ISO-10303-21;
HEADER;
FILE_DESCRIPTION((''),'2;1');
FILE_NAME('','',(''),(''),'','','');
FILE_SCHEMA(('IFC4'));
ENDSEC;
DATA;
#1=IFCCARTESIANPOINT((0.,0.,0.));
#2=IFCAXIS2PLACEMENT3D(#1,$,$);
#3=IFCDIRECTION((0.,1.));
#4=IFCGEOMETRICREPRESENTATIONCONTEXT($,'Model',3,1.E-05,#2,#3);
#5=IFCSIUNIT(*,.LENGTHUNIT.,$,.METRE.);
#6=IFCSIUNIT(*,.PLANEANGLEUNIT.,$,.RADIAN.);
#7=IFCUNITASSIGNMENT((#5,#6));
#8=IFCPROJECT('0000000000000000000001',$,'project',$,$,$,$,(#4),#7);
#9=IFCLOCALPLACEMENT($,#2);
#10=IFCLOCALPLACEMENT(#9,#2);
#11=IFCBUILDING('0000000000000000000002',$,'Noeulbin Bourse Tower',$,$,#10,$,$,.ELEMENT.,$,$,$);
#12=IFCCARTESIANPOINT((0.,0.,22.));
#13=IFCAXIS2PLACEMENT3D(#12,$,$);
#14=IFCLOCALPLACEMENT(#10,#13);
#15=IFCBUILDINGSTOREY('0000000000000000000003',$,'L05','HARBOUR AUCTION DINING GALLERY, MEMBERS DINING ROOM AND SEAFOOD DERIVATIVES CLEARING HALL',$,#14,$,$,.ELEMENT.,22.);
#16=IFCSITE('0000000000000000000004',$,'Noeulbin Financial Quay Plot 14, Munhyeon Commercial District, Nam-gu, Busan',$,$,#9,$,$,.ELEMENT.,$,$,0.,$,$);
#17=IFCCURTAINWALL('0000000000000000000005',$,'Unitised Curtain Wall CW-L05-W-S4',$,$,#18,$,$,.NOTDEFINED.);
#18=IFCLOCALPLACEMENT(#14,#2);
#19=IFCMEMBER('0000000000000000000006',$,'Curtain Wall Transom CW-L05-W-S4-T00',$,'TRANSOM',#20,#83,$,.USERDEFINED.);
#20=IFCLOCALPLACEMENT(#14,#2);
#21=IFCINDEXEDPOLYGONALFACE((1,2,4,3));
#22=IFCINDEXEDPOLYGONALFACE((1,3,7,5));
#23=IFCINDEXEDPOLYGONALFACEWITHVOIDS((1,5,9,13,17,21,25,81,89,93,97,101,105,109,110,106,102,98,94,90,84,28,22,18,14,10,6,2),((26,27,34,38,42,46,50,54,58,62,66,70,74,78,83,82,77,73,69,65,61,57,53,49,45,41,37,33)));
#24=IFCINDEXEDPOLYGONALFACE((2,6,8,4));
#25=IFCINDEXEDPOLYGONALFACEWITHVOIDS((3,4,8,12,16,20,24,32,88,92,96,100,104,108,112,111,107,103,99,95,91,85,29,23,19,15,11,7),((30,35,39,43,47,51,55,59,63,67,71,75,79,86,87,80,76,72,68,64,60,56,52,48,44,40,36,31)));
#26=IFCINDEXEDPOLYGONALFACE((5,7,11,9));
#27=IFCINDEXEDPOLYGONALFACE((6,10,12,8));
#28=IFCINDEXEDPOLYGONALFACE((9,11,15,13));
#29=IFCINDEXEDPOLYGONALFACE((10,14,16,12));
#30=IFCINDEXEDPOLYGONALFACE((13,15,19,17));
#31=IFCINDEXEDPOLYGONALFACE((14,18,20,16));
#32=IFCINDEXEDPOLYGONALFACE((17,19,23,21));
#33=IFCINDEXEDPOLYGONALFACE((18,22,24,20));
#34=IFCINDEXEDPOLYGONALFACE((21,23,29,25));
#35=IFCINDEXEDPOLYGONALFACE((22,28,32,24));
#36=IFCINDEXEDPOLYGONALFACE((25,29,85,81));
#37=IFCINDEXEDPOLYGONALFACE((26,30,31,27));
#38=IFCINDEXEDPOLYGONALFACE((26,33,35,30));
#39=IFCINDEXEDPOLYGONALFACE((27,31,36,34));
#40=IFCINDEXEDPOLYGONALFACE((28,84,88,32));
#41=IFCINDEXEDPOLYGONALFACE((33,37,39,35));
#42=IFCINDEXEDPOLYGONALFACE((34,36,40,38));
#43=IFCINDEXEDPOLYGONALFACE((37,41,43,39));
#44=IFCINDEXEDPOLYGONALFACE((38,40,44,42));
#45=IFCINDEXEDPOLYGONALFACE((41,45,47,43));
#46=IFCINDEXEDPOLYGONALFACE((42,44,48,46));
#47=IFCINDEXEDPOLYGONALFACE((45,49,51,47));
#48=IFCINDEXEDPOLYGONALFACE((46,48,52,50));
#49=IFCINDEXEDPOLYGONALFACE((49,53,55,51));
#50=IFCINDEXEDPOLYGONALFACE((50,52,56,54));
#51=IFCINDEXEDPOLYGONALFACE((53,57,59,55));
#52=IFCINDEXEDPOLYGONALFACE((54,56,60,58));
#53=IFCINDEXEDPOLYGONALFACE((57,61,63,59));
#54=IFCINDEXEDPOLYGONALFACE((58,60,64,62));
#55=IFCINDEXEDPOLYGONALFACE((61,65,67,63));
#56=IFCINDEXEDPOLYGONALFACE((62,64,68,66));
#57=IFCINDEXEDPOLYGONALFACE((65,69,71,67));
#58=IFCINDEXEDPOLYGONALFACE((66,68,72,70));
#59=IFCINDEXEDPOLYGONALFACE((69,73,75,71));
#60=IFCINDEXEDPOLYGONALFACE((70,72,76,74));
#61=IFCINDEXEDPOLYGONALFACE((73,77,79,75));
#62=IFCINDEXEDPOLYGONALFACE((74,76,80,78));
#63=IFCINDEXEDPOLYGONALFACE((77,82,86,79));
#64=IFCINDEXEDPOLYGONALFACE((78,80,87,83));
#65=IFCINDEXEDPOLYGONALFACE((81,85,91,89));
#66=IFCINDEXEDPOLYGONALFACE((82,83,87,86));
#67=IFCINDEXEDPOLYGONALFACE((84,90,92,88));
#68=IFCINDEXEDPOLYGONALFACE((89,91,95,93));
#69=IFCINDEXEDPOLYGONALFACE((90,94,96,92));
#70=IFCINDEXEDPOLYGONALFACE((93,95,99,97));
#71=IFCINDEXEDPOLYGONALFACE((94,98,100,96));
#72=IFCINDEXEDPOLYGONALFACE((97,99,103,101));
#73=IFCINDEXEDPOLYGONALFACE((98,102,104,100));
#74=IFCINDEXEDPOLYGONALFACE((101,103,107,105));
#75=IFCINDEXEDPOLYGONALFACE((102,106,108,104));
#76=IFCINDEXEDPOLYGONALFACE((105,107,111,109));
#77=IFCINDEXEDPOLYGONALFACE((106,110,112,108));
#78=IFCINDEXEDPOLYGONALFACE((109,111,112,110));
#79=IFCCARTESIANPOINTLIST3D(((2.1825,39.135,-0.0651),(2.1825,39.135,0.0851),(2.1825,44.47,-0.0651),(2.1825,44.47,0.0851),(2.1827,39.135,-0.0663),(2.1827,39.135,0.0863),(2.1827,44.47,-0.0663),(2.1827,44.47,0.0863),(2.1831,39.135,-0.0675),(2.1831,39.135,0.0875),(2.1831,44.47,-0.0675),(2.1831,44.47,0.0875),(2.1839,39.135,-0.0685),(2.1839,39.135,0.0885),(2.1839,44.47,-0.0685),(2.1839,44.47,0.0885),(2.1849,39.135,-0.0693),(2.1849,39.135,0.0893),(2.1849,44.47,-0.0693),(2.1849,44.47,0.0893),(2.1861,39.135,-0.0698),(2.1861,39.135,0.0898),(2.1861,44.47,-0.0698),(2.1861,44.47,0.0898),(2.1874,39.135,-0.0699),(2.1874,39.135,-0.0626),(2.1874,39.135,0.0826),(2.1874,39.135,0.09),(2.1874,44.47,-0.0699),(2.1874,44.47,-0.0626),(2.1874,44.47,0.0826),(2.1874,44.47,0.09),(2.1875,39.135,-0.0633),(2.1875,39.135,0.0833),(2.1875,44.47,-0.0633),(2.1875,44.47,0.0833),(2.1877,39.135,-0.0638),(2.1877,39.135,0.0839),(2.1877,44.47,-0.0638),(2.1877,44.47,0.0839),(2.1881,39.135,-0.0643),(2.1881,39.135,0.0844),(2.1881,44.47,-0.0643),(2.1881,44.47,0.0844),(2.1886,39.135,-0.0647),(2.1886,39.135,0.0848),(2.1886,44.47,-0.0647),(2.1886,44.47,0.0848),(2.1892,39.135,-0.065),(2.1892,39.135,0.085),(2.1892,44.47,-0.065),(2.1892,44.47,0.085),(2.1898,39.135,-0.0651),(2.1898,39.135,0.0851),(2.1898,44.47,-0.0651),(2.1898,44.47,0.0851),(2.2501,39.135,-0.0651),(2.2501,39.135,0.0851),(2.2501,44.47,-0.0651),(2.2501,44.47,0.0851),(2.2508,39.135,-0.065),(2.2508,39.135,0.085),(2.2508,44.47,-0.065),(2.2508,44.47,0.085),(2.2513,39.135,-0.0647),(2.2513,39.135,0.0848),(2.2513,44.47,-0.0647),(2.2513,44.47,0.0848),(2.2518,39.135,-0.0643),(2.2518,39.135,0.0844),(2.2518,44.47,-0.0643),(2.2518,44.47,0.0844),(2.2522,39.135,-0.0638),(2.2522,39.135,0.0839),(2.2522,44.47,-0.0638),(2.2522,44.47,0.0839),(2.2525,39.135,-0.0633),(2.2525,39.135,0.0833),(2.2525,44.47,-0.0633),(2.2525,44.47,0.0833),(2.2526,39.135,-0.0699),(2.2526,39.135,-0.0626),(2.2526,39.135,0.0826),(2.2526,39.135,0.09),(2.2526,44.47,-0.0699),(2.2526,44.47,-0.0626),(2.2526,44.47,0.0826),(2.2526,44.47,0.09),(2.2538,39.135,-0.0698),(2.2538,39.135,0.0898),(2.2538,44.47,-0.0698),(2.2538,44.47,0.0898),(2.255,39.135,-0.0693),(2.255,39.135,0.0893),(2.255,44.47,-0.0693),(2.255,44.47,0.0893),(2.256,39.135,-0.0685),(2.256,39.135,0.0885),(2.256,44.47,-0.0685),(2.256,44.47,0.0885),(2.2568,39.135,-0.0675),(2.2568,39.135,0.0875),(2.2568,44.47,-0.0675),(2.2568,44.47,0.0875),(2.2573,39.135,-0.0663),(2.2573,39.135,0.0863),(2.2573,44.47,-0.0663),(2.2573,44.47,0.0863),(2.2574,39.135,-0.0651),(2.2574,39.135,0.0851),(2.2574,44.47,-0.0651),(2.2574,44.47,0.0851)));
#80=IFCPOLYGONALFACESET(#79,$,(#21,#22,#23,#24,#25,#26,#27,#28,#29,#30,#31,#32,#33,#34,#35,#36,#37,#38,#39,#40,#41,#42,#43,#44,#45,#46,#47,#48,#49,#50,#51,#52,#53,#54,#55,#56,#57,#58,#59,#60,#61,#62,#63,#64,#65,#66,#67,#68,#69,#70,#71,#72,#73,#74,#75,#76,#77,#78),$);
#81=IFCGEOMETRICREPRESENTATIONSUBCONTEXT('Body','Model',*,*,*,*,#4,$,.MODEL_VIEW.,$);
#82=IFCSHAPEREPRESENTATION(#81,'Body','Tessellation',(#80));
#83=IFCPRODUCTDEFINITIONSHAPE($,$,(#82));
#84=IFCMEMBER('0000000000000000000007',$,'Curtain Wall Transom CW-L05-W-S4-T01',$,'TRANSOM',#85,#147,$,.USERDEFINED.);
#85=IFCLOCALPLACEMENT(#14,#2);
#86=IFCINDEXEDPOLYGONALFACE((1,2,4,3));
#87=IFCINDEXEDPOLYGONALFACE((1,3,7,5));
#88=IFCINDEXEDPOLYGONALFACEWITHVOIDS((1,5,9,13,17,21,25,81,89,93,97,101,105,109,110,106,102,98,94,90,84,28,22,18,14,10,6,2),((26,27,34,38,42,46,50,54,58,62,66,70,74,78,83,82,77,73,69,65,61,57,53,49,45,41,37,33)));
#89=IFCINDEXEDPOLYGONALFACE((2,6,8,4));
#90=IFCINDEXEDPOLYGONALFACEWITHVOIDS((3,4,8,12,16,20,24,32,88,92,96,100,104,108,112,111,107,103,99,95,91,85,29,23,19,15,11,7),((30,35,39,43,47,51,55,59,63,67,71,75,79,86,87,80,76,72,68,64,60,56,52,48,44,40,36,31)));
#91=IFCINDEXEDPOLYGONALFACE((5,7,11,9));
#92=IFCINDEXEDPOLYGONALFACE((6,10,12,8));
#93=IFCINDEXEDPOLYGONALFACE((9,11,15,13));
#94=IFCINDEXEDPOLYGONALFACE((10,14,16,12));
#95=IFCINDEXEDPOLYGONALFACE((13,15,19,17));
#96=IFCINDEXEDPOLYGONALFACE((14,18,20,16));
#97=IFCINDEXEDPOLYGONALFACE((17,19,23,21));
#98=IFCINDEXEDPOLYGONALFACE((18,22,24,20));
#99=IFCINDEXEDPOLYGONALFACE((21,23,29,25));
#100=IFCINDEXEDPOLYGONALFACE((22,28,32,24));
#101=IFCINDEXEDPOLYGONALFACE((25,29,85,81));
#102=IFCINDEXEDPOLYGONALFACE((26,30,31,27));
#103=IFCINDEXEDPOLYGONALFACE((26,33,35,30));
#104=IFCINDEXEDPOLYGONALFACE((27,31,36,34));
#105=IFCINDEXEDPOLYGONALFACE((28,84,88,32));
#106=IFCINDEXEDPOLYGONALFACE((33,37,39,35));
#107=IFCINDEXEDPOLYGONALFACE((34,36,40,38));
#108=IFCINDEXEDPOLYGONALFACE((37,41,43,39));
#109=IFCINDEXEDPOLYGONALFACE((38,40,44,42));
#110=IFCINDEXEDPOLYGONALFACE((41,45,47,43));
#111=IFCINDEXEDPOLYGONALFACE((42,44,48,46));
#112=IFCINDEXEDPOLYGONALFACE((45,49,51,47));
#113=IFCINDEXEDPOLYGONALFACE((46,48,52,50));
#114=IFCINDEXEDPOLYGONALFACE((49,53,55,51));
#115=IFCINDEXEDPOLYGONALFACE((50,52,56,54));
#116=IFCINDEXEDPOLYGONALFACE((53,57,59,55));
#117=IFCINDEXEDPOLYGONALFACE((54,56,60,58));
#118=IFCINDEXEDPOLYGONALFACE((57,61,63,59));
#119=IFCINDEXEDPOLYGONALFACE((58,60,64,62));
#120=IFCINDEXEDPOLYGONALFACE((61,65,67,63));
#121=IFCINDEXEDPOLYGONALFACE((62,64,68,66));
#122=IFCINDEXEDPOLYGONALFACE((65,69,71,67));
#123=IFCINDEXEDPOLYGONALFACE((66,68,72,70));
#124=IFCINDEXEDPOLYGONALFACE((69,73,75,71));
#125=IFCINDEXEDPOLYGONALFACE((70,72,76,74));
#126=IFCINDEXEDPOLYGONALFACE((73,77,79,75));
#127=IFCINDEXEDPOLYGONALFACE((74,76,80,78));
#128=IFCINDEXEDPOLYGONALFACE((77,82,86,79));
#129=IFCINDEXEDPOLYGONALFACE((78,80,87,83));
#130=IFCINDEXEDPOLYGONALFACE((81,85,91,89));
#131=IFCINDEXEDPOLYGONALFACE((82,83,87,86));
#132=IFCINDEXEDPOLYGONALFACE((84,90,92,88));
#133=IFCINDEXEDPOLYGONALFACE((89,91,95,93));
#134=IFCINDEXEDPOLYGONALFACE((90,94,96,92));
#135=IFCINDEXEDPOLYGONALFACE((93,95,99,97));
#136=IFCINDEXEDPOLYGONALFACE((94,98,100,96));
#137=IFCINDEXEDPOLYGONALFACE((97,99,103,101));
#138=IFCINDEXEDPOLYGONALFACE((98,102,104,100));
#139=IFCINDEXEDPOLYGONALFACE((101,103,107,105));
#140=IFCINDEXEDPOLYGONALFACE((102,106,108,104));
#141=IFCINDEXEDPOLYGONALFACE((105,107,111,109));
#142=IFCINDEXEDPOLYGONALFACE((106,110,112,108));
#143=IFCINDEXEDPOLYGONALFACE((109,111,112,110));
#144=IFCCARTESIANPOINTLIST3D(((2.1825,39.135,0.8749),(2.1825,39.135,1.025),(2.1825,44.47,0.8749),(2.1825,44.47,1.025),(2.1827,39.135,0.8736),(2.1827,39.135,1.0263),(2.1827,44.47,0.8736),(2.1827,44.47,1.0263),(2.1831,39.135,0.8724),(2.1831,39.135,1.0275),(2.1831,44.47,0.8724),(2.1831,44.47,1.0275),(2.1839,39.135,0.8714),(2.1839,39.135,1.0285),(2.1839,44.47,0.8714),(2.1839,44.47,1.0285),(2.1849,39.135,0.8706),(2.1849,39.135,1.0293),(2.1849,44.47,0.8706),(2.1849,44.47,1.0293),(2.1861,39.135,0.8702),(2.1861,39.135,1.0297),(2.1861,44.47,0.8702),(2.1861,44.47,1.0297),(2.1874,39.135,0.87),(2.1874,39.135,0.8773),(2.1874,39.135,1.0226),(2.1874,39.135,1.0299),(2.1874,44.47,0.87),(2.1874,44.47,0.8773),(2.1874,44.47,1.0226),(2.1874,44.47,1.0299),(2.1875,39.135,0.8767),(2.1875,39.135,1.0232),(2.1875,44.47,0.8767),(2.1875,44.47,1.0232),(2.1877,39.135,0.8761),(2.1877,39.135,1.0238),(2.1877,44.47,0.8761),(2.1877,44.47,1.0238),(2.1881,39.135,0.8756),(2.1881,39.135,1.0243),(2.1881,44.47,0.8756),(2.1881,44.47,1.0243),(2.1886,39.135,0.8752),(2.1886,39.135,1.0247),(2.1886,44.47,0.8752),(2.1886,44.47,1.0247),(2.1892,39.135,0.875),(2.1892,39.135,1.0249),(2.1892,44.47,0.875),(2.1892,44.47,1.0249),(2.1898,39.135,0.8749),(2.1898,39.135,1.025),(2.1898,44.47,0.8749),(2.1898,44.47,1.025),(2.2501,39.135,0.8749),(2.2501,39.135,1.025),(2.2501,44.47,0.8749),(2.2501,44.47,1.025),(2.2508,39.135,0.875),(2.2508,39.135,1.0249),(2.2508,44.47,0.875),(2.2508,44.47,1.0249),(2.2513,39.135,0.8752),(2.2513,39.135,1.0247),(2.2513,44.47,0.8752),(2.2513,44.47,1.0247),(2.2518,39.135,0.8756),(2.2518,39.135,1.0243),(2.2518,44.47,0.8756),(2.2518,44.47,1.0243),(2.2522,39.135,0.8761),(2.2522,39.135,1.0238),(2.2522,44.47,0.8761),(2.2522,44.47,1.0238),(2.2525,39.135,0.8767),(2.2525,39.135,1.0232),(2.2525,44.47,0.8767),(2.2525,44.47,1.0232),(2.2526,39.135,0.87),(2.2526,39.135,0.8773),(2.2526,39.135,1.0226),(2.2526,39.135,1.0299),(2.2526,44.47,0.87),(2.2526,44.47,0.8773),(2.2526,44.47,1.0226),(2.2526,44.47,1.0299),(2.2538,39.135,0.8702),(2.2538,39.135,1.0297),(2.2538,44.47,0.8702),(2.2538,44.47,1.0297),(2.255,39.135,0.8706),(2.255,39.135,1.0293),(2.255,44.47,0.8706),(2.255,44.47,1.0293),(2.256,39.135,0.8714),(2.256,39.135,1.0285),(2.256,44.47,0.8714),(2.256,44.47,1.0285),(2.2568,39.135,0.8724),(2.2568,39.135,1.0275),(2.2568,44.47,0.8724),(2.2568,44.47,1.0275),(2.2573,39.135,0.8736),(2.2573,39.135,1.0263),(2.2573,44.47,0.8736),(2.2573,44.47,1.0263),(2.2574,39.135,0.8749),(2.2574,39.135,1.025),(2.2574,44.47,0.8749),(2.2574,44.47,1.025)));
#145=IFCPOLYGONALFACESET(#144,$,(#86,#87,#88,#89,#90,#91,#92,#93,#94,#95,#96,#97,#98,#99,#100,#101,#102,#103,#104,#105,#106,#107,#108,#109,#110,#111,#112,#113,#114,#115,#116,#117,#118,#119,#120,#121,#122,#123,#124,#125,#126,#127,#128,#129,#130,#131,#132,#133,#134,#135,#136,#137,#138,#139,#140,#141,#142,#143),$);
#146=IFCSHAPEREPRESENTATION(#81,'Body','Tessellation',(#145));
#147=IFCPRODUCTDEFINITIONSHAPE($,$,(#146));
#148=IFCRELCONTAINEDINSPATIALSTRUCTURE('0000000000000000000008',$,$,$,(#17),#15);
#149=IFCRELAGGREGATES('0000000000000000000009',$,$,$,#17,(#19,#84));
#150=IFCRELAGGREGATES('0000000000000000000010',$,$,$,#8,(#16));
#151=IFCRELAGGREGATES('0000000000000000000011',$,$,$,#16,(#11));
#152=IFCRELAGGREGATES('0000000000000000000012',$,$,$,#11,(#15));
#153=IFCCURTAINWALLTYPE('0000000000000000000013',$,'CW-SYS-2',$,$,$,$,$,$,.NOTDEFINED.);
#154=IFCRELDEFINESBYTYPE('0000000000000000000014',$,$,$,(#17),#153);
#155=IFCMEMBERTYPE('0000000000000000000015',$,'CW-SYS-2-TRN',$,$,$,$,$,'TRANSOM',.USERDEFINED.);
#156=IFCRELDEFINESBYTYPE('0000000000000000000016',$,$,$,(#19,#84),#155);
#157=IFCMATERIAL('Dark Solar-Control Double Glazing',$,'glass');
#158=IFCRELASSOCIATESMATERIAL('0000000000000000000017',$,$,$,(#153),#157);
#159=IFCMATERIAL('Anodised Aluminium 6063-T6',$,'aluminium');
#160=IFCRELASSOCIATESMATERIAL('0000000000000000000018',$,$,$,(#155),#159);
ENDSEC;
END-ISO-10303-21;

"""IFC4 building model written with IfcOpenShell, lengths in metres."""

from ifc_helpers import new_model, si_unit, direction, frame, origin, origin_2d, place, context, subcontext, project, spatial, hollow_rectangle, extrude, material, material_profile, profile_set, type_object, element, aggregate, save


model = new_model("IFC4")

# Units and contexts
model_context = context("Model", 3, precision=1e-05, world=origin(), true_north=direction((0.0, 1.0)))
body_context = subcontext(model_context, "Body", "Model", "MODEL_VIEW")
ifc_project = project(units=[si_unit("LENGTHUNIT", "METRE"), si_unit("PLANEANGLEUNIT", "RADIAN")], contexts=[model_context])

# Site, building, storey
site_placement = place(None, origin())
site = spatial("IfcSite", under=ifc_project, at=site_placement, Name="Noeulbin Financial Quay Plot 14, Munhyeon Commercial District, Nam-gu, Busan", CompositionType="ELEMENT", RefElevation=0.0)
building_placement = place(site_placement, origin())
building = spatial("IfcBuilding", under=site, at=building_placement, Name="Noeulbin Bourse Tower", CompositionType="ELEMENT")
storey_placement = place(building_placement, frame((0.0, 0.0, 22.0)))
storey = spatial("IfcBuildingStorey", under=building, at=storey_placement, Name="L05", Description="HARBOUR AUCTION DINING GALLERY, MEMBERS DINING ROOM AND SEAFOOD DERIVATIVES CLEARING HALL", CompositionType="ELEMENT", Elevation=22.0)

# Shared definitions
ifc_material_1 = material(Name="Dark Solar-Control Double Glazing", Category="glass")
curtain_wall_type = type_object("IfcCurtainWallType", Name="CW-SYS-2", PredefinedType="NOTDEFINED", material=ifc_material_1)
ifc_material_2 = material(Name="Anodised Aluminium 6063-T6", Category="aluminium")

# Curtain wall
curtain_wall_1_placement = place(storey_placement, origin())
curtain_wall_1 = element("IfcCurtainWall", 1, at=curtain_wall_1_placement, inside=storey, type_object=curtain_wall_type, Name="Unitised Curtain Wall CW-L05-W-S4", PredefinedType="NOTDEFINED")

# Members
ifc_material_profile_1 = material_profile(ifc_material_2, hollow_rectangle(XDim=0.075, YDim=0.1599, WallThickness=0.0049, InnerFilletRadius=0.0024, OuterFilletRadius=0.0049, at=origin_2d()), Name="ALU-TRAN-75x160x5", Category="LoadBearing")
ifc_profile_set_1 = profile_set([ifc_material_profile_1], Name="Anodised Aluminium 6063-T6")
member_type_1 = type_object("IfcMemberType", Name="CW-SYS-2-TRN", ElementType="TRANSOM", PredefinedType="USERDEFINED", material=ifc_profile_set_1)
member_1_placement = place(storey_placement, frame((2.22, 39.135, 0.01), z_axis=(0.0, 1.0, 0.0), x_axis=(-1.0, 0.0, 0.0)))
member_1 = element("IfcMember", 2, at=member_1_placement, type_object=member_type_1, Name="Curtain Wall Transom CW-L05-W-S4-T00", ObjectType="TRANSOM", PredefinedType="USERDEFINED", context=body_context, shape_type="SweptSolid", body=[
    extrude(hollow_rectangle(XDim=0.075, YDim=0.1599, WallThickness=0.0049, InnerFilletRadius=0.0024, OuterFilletRadius=0.0049, at=origin_2d()), origin(), (0.0, 0.0, 1.0), 5.335),
])
member_2_placement = place(storey_placement, frame((2.22, 39.135, 0.95), z_axis=(0.0, 1.0, 0.0), x_axis=(-1.0, 0.0, 0.0)))
member_2 = element("IfcMember", 3, at=member_2_placement, type_object=member_type_1, Name="Curtain Wall Transom CW-L05-W-S4-T01", ObjectType="TRANSOM", PredefinedType="USERDEFINED", context=body_context, shape_type="SweptSolid", body=[
    extrude(hollow_rectangle(XDim=0.075, YDim=0.1599, WallThickness=0.0049, InnerFilletRadius=0.0024, OuterFilletRadius=0.0049, at=origin_2d()), origin(), (0.0, 0.0, 1.0), 5.335),
])

aggregate(curtain_wall_1, [member_1, member_2])

save(model, "model.ifc")
